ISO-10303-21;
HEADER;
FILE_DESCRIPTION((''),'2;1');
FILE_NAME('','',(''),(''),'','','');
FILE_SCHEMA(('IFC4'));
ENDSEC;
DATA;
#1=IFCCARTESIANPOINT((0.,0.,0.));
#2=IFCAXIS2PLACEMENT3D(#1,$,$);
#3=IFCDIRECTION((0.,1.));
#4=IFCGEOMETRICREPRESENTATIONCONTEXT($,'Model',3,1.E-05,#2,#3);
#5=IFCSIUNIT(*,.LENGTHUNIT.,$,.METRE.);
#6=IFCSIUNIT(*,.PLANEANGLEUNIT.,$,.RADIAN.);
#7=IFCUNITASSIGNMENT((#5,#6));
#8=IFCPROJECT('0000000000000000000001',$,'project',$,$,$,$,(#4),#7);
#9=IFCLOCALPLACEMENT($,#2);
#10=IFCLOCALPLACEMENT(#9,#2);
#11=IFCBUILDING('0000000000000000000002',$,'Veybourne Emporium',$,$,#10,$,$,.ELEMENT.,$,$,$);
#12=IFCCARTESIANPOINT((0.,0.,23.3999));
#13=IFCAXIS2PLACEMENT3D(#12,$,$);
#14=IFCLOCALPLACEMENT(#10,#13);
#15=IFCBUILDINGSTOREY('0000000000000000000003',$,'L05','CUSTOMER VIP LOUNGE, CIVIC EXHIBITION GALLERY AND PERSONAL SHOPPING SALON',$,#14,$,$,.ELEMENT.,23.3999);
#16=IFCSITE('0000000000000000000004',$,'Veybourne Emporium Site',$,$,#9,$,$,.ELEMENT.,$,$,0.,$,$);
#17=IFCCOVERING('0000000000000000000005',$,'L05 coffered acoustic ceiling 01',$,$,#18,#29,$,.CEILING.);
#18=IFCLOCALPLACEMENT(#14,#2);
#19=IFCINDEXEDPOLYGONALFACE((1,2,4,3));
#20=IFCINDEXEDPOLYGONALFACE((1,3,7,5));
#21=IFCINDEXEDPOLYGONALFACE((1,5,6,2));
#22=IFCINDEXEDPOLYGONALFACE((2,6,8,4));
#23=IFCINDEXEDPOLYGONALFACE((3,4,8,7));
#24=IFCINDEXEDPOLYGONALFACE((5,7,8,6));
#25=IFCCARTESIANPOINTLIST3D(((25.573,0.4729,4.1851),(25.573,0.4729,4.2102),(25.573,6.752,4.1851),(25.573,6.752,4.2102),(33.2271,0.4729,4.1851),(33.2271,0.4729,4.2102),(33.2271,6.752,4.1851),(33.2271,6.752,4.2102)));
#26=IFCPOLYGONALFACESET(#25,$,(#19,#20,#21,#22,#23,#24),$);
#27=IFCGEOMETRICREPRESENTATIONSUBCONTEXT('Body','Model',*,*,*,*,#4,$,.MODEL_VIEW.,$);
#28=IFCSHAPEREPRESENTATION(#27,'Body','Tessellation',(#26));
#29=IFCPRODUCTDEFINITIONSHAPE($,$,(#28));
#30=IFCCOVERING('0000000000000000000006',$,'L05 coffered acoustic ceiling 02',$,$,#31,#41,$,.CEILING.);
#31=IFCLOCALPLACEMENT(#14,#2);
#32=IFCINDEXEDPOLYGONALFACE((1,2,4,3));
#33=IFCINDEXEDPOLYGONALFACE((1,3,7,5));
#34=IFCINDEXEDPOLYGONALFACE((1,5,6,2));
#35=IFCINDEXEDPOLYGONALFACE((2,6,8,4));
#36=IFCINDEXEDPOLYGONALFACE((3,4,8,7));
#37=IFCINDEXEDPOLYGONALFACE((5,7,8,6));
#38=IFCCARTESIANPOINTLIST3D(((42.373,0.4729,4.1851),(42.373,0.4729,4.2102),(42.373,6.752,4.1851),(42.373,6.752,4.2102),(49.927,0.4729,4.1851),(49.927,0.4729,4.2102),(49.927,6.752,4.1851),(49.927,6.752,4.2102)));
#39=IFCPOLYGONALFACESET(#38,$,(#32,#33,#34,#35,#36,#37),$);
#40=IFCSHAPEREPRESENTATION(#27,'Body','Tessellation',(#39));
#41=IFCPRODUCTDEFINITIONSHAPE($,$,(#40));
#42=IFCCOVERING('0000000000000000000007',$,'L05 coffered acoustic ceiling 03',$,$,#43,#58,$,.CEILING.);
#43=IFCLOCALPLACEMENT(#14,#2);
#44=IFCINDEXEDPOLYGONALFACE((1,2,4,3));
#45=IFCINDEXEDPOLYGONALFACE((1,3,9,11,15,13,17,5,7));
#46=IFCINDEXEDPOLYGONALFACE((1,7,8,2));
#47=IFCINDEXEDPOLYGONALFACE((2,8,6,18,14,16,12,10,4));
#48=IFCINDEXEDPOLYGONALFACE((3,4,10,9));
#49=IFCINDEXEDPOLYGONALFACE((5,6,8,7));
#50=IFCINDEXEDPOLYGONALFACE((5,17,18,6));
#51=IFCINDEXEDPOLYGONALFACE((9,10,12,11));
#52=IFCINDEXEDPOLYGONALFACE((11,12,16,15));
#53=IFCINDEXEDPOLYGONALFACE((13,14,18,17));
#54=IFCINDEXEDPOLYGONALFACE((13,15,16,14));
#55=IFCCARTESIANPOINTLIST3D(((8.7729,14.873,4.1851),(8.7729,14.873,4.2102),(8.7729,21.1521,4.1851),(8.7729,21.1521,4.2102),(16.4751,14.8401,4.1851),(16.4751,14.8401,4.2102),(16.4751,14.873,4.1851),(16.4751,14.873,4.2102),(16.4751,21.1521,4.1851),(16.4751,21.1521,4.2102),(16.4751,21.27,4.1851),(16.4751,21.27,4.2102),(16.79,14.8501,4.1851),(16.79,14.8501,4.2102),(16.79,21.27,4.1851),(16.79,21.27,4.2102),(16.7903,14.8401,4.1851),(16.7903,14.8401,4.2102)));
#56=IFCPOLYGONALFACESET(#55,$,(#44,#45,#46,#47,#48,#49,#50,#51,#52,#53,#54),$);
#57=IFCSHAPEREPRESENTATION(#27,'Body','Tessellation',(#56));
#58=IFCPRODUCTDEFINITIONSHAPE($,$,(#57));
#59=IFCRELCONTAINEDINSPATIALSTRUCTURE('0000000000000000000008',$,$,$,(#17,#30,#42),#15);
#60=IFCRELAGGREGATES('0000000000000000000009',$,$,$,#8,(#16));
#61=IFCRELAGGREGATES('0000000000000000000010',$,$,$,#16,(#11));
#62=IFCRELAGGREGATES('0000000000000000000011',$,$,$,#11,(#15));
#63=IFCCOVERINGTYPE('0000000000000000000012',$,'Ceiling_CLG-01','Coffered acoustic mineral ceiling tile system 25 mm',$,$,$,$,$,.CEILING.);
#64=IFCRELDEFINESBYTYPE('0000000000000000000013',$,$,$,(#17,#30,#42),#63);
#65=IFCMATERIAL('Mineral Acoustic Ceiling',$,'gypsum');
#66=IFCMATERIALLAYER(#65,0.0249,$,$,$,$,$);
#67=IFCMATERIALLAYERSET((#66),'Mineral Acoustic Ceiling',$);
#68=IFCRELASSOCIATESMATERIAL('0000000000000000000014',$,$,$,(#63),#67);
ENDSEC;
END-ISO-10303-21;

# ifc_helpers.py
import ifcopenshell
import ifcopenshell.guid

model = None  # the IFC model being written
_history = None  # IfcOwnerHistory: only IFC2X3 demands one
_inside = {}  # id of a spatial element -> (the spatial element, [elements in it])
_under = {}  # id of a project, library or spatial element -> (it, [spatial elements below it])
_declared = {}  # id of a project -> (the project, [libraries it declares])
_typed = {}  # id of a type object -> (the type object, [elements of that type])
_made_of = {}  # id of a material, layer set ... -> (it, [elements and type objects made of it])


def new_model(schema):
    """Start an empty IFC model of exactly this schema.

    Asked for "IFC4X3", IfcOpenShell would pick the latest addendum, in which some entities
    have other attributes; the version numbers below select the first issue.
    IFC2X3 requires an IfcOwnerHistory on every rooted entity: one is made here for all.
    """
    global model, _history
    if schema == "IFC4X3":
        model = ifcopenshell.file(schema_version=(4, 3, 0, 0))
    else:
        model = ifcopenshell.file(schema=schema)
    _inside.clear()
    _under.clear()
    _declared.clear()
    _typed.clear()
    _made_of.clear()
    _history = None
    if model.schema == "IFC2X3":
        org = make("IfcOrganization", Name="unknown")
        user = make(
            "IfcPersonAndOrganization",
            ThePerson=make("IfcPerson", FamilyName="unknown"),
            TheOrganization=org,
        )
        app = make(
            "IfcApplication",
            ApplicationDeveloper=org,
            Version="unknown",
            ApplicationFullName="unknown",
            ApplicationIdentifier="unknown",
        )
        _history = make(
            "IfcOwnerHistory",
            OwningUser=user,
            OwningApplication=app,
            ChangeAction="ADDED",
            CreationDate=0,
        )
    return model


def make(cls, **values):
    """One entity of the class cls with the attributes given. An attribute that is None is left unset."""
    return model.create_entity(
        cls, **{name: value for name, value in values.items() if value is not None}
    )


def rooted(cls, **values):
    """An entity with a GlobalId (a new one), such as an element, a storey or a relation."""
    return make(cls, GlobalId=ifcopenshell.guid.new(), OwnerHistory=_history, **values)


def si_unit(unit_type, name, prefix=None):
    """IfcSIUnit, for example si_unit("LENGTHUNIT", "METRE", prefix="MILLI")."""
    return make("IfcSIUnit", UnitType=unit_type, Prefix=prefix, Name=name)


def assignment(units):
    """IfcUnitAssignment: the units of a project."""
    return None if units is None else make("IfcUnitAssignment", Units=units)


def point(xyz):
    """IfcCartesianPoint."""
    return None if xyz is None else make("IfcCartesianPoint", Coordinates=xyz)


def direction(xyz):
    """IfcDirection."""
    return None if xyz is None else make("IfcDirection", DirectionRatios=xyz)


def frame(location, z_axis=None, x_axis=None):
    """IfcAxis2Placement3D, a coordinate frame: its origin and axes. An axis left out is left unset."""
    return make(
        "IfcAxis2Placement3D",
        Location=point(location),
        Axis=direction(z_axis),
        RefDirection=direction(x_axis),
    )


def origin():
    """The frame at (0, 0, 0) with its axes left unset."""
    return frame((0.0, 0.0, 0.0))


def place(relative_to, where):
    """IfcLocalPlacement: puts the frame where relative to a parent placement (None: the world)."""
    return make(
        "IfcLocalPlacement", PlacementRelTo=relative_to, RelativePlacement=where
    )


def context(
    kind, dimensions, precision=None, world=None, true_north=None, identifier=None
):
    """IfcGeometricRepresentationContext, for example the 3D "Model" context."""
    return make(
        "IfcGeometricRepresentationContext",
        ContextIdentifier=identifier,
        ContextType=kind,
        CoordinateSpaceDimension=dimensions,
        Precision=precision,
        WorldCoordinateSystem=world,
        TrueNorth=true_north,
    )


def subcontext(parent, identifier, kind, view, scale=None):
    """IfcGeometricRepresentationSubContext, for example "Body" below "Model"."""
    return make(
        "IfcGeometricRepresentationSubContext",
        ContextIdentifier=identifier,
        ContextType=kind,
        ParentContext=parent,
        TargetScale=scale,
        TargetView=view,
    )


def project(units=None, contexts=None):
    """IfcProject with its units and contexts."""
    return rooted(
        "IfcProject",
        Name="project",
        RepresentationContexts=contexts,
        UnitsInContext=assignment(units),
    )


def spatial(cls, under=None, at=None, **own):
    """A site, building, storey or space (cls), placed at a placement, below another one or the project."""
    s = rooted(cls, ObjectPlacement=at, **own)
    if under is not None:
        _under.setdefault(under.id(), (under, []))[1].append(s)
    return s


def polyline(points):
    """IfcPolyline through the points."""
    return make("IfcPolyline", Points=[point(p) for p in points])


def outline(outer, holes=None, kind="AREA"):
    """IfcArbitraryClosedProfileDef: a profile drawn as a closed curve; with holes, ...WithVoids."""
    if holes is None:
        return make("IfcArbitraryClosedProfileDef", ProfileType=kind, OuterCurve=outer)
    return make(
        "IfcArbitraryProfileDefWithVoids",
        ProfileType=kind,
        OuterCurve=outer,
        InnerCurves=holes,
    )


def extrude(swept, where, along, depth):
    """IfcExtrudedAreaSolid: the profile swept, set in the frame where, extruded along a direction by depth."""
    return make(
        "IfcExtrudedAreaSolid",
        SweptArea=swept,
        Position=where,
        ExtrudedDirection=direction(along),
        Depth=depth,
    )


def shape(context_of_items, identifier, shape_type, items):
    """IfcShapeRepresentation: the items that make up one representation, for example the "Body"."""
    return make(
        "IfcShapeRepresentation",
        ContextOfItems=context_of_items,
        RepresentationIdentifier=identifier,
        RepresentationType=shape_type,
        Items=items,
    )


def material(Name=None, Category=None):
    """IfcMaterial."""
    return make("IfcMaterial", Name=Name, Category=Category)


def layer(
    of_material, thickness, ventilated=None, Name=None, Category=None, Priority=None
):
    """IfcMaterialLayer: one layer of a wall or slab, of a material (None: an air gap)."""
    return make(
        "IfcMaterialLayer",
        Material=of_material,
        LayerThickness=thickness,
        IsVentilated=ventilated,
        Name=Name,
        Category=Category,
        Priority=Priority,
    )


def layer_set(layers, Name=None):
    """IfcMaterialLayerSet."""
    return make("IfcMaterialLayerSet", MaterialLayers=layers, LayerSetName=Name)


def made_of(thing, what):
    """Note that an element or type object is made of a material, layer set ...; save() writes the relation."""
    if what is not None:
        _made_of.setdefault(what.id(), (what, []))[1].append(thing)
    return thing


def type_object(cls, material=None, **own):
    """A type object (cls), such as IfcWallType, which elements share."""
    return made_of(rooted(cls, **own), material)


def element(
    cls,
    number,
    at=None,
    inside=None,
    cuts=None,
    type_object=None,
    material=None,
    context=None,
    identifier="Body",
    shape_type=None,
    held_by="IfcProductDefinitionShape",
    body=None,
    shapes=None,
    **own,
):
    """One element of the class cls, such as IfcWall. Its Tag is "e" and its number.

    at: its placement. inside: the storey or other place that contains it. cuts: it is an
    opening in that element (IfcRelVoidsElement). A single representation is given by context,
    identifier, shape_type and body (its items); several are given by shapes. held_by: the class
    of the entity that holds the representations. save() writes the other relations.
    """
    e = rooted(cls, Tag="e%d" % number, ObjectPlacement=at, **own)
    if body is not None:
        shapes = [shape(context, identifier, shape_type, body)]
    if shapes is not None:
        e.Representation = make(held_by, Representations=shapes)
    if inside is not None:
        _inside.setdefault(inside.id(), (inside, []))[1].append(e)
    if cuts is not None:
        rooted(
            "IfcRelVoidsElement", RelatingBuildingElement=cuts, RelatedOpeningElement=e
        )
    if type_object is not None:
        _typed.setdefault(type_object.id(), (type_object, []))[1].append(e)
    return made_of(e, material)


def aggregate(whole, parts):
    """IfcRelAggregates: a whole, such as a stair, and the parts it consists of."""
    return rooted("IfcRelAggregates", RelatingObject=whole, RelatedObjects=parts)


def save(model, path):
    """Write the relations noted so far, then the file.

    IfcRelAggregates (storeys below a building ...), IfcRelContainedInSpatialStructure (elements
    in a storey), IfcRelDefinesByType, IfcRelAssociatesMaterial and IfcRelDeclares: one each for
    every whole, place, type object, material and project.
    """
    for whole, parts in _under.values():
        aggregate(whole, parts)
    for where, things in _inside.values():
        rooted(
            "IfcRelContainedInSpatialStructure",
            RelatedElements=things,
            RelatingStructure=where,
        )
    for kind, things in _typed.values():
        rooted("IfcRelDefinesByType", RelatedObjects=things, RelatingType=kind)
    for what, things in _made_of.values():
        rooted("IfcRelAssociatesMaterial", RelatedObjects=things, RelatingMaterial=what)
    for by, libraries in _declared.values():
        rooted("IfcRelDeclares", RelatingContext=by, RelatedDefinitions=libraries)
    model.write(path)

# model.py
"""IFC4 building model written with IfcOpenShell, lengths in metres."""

from ifc_helpers import new_model, si_unit, direction, frame, origin, place, context, subcontext, project, spatial, polyline, outline, extrude, material, layer, layer_set, type_object, element, save


model = new_model("IFC4")

# Units and contexts
model_context = context("Model", 3, precision=1e-05, world=origin(), true_north=direction((0.0, 1.0)))
body_context = subcontext(model_context, "Body", "Model", "MODEL_VIEW")
ifc_project = project(units=[si_unit("LENGTHUNIT", "METRE"), si_unit("PLANEANGLEUNIT", "RADIAN")], contexts=[model_context])

# Site, building, storey
site_placement = place(None, origin())
site = spatial("IfcSite", under=ifc_project, at=site_placement, Name="Veybourne Emporium Site", CompositionType="ELEMENT", RefElevation=0.0)
building_placement = place(site_placement, origin())
building = spatial("IfcBuilding", under=site, at=building_placement, Name="Veybourne Emporium", CompositionType="ELEMENT")
storey_placement = place(building_placement, frame((0.0, 0.0, 23.3999)))
storey = spatial("IfcBuildingStorey", under=building, at=storey_placement, Name="L05", Description="CUSTOMER VIP LOUNGE, CIVIC EXHIBITION GALLERY AND PERSONAL SHOPPING SALON", CompositionType="ELEMENT", Elevation=23.3999)

# Coverings
ifc_material_1 = material(Name="Mineral Acoustic Ceiling", Category="gypsum")
ifc_layer_1 = layer(ifc_material_1, 0.0249)
ifc_layer_set_1 = layer_set([ifc_layer_1], Name="Mineral Acoustic Ceiling")
covering_type_1 = type_object("IfcCoveringType", Name="Ceiling_CLG-01", Description="Coffered acoustic mineral ceiling tile system 25 mm", PredefinedType="CEILING", material=ifc_layer_set_1)
covering_1_placement = place(storey_placement, frame((0.0, 0.0, 4.1851)))
element("IfcCovering", 1, at=covering_1_placement, inside=storey, type_object=covering_type_1, Name="L05 coffered acoustic ceiling 01", PredefinedType="CEILING", context=body_context, shape_type="SweptSolid", body=[
    extrude(outline(polyline([(25.573, 0.4729), (25.573, 6.752), (33.2271, 6.752), (33.2271, 0.4729), (25.573, 0.4729)])), origin(), (0.0, 0.0, 1.0), 0.0251),
])
covering_2_placement = place(storey_placement, frame((0.0, 0.0, 4.1851)))
element("IfcCovering", 2, at=covering_2_placement, inside=storey, type_object=covering_type_1, Name="L05 coffered acoustic ceiling 02", PredefinedType="CEILING", context=body_context, shape_type="SweptSolid", body=[
    extrude(outline(polyline([(42.373, 6.752), (49.927, 6.752), (49.927, 0.4729), (42.373, 0.4729), (42.373, 6.752)])), origin(), (0.0, 0.0, 1.0), 0.0251),
])
covering_3_placement = place(storey_placement, frame((0.0, 0.0, 4.1851)))
element("IfcCovering", 3, at=covering_3_placement, inside=storey, type_object=covering_type_1, Name="L05 coffered acoustic ceiling 03", PredefinedType="CEILING", context=body_context, shape_type="SweptSolid", body=[
    extrude(outline(polyline([(16.79, 21.27), (16.79, 14.8501), (16.7903, 14.8401), (16.7903, 14.8401), (16.4751, 14.8401), (16.4751, 14.873), (8.7729, 14.873), (8.7729, 21.1521), (16.4751, 21.1521), (16.4751, 21.27), (16.79, 21.27)])), origin(), (0.0, 0.0, 1.0), 0.0251),
])

save(model, "model.ifc")
